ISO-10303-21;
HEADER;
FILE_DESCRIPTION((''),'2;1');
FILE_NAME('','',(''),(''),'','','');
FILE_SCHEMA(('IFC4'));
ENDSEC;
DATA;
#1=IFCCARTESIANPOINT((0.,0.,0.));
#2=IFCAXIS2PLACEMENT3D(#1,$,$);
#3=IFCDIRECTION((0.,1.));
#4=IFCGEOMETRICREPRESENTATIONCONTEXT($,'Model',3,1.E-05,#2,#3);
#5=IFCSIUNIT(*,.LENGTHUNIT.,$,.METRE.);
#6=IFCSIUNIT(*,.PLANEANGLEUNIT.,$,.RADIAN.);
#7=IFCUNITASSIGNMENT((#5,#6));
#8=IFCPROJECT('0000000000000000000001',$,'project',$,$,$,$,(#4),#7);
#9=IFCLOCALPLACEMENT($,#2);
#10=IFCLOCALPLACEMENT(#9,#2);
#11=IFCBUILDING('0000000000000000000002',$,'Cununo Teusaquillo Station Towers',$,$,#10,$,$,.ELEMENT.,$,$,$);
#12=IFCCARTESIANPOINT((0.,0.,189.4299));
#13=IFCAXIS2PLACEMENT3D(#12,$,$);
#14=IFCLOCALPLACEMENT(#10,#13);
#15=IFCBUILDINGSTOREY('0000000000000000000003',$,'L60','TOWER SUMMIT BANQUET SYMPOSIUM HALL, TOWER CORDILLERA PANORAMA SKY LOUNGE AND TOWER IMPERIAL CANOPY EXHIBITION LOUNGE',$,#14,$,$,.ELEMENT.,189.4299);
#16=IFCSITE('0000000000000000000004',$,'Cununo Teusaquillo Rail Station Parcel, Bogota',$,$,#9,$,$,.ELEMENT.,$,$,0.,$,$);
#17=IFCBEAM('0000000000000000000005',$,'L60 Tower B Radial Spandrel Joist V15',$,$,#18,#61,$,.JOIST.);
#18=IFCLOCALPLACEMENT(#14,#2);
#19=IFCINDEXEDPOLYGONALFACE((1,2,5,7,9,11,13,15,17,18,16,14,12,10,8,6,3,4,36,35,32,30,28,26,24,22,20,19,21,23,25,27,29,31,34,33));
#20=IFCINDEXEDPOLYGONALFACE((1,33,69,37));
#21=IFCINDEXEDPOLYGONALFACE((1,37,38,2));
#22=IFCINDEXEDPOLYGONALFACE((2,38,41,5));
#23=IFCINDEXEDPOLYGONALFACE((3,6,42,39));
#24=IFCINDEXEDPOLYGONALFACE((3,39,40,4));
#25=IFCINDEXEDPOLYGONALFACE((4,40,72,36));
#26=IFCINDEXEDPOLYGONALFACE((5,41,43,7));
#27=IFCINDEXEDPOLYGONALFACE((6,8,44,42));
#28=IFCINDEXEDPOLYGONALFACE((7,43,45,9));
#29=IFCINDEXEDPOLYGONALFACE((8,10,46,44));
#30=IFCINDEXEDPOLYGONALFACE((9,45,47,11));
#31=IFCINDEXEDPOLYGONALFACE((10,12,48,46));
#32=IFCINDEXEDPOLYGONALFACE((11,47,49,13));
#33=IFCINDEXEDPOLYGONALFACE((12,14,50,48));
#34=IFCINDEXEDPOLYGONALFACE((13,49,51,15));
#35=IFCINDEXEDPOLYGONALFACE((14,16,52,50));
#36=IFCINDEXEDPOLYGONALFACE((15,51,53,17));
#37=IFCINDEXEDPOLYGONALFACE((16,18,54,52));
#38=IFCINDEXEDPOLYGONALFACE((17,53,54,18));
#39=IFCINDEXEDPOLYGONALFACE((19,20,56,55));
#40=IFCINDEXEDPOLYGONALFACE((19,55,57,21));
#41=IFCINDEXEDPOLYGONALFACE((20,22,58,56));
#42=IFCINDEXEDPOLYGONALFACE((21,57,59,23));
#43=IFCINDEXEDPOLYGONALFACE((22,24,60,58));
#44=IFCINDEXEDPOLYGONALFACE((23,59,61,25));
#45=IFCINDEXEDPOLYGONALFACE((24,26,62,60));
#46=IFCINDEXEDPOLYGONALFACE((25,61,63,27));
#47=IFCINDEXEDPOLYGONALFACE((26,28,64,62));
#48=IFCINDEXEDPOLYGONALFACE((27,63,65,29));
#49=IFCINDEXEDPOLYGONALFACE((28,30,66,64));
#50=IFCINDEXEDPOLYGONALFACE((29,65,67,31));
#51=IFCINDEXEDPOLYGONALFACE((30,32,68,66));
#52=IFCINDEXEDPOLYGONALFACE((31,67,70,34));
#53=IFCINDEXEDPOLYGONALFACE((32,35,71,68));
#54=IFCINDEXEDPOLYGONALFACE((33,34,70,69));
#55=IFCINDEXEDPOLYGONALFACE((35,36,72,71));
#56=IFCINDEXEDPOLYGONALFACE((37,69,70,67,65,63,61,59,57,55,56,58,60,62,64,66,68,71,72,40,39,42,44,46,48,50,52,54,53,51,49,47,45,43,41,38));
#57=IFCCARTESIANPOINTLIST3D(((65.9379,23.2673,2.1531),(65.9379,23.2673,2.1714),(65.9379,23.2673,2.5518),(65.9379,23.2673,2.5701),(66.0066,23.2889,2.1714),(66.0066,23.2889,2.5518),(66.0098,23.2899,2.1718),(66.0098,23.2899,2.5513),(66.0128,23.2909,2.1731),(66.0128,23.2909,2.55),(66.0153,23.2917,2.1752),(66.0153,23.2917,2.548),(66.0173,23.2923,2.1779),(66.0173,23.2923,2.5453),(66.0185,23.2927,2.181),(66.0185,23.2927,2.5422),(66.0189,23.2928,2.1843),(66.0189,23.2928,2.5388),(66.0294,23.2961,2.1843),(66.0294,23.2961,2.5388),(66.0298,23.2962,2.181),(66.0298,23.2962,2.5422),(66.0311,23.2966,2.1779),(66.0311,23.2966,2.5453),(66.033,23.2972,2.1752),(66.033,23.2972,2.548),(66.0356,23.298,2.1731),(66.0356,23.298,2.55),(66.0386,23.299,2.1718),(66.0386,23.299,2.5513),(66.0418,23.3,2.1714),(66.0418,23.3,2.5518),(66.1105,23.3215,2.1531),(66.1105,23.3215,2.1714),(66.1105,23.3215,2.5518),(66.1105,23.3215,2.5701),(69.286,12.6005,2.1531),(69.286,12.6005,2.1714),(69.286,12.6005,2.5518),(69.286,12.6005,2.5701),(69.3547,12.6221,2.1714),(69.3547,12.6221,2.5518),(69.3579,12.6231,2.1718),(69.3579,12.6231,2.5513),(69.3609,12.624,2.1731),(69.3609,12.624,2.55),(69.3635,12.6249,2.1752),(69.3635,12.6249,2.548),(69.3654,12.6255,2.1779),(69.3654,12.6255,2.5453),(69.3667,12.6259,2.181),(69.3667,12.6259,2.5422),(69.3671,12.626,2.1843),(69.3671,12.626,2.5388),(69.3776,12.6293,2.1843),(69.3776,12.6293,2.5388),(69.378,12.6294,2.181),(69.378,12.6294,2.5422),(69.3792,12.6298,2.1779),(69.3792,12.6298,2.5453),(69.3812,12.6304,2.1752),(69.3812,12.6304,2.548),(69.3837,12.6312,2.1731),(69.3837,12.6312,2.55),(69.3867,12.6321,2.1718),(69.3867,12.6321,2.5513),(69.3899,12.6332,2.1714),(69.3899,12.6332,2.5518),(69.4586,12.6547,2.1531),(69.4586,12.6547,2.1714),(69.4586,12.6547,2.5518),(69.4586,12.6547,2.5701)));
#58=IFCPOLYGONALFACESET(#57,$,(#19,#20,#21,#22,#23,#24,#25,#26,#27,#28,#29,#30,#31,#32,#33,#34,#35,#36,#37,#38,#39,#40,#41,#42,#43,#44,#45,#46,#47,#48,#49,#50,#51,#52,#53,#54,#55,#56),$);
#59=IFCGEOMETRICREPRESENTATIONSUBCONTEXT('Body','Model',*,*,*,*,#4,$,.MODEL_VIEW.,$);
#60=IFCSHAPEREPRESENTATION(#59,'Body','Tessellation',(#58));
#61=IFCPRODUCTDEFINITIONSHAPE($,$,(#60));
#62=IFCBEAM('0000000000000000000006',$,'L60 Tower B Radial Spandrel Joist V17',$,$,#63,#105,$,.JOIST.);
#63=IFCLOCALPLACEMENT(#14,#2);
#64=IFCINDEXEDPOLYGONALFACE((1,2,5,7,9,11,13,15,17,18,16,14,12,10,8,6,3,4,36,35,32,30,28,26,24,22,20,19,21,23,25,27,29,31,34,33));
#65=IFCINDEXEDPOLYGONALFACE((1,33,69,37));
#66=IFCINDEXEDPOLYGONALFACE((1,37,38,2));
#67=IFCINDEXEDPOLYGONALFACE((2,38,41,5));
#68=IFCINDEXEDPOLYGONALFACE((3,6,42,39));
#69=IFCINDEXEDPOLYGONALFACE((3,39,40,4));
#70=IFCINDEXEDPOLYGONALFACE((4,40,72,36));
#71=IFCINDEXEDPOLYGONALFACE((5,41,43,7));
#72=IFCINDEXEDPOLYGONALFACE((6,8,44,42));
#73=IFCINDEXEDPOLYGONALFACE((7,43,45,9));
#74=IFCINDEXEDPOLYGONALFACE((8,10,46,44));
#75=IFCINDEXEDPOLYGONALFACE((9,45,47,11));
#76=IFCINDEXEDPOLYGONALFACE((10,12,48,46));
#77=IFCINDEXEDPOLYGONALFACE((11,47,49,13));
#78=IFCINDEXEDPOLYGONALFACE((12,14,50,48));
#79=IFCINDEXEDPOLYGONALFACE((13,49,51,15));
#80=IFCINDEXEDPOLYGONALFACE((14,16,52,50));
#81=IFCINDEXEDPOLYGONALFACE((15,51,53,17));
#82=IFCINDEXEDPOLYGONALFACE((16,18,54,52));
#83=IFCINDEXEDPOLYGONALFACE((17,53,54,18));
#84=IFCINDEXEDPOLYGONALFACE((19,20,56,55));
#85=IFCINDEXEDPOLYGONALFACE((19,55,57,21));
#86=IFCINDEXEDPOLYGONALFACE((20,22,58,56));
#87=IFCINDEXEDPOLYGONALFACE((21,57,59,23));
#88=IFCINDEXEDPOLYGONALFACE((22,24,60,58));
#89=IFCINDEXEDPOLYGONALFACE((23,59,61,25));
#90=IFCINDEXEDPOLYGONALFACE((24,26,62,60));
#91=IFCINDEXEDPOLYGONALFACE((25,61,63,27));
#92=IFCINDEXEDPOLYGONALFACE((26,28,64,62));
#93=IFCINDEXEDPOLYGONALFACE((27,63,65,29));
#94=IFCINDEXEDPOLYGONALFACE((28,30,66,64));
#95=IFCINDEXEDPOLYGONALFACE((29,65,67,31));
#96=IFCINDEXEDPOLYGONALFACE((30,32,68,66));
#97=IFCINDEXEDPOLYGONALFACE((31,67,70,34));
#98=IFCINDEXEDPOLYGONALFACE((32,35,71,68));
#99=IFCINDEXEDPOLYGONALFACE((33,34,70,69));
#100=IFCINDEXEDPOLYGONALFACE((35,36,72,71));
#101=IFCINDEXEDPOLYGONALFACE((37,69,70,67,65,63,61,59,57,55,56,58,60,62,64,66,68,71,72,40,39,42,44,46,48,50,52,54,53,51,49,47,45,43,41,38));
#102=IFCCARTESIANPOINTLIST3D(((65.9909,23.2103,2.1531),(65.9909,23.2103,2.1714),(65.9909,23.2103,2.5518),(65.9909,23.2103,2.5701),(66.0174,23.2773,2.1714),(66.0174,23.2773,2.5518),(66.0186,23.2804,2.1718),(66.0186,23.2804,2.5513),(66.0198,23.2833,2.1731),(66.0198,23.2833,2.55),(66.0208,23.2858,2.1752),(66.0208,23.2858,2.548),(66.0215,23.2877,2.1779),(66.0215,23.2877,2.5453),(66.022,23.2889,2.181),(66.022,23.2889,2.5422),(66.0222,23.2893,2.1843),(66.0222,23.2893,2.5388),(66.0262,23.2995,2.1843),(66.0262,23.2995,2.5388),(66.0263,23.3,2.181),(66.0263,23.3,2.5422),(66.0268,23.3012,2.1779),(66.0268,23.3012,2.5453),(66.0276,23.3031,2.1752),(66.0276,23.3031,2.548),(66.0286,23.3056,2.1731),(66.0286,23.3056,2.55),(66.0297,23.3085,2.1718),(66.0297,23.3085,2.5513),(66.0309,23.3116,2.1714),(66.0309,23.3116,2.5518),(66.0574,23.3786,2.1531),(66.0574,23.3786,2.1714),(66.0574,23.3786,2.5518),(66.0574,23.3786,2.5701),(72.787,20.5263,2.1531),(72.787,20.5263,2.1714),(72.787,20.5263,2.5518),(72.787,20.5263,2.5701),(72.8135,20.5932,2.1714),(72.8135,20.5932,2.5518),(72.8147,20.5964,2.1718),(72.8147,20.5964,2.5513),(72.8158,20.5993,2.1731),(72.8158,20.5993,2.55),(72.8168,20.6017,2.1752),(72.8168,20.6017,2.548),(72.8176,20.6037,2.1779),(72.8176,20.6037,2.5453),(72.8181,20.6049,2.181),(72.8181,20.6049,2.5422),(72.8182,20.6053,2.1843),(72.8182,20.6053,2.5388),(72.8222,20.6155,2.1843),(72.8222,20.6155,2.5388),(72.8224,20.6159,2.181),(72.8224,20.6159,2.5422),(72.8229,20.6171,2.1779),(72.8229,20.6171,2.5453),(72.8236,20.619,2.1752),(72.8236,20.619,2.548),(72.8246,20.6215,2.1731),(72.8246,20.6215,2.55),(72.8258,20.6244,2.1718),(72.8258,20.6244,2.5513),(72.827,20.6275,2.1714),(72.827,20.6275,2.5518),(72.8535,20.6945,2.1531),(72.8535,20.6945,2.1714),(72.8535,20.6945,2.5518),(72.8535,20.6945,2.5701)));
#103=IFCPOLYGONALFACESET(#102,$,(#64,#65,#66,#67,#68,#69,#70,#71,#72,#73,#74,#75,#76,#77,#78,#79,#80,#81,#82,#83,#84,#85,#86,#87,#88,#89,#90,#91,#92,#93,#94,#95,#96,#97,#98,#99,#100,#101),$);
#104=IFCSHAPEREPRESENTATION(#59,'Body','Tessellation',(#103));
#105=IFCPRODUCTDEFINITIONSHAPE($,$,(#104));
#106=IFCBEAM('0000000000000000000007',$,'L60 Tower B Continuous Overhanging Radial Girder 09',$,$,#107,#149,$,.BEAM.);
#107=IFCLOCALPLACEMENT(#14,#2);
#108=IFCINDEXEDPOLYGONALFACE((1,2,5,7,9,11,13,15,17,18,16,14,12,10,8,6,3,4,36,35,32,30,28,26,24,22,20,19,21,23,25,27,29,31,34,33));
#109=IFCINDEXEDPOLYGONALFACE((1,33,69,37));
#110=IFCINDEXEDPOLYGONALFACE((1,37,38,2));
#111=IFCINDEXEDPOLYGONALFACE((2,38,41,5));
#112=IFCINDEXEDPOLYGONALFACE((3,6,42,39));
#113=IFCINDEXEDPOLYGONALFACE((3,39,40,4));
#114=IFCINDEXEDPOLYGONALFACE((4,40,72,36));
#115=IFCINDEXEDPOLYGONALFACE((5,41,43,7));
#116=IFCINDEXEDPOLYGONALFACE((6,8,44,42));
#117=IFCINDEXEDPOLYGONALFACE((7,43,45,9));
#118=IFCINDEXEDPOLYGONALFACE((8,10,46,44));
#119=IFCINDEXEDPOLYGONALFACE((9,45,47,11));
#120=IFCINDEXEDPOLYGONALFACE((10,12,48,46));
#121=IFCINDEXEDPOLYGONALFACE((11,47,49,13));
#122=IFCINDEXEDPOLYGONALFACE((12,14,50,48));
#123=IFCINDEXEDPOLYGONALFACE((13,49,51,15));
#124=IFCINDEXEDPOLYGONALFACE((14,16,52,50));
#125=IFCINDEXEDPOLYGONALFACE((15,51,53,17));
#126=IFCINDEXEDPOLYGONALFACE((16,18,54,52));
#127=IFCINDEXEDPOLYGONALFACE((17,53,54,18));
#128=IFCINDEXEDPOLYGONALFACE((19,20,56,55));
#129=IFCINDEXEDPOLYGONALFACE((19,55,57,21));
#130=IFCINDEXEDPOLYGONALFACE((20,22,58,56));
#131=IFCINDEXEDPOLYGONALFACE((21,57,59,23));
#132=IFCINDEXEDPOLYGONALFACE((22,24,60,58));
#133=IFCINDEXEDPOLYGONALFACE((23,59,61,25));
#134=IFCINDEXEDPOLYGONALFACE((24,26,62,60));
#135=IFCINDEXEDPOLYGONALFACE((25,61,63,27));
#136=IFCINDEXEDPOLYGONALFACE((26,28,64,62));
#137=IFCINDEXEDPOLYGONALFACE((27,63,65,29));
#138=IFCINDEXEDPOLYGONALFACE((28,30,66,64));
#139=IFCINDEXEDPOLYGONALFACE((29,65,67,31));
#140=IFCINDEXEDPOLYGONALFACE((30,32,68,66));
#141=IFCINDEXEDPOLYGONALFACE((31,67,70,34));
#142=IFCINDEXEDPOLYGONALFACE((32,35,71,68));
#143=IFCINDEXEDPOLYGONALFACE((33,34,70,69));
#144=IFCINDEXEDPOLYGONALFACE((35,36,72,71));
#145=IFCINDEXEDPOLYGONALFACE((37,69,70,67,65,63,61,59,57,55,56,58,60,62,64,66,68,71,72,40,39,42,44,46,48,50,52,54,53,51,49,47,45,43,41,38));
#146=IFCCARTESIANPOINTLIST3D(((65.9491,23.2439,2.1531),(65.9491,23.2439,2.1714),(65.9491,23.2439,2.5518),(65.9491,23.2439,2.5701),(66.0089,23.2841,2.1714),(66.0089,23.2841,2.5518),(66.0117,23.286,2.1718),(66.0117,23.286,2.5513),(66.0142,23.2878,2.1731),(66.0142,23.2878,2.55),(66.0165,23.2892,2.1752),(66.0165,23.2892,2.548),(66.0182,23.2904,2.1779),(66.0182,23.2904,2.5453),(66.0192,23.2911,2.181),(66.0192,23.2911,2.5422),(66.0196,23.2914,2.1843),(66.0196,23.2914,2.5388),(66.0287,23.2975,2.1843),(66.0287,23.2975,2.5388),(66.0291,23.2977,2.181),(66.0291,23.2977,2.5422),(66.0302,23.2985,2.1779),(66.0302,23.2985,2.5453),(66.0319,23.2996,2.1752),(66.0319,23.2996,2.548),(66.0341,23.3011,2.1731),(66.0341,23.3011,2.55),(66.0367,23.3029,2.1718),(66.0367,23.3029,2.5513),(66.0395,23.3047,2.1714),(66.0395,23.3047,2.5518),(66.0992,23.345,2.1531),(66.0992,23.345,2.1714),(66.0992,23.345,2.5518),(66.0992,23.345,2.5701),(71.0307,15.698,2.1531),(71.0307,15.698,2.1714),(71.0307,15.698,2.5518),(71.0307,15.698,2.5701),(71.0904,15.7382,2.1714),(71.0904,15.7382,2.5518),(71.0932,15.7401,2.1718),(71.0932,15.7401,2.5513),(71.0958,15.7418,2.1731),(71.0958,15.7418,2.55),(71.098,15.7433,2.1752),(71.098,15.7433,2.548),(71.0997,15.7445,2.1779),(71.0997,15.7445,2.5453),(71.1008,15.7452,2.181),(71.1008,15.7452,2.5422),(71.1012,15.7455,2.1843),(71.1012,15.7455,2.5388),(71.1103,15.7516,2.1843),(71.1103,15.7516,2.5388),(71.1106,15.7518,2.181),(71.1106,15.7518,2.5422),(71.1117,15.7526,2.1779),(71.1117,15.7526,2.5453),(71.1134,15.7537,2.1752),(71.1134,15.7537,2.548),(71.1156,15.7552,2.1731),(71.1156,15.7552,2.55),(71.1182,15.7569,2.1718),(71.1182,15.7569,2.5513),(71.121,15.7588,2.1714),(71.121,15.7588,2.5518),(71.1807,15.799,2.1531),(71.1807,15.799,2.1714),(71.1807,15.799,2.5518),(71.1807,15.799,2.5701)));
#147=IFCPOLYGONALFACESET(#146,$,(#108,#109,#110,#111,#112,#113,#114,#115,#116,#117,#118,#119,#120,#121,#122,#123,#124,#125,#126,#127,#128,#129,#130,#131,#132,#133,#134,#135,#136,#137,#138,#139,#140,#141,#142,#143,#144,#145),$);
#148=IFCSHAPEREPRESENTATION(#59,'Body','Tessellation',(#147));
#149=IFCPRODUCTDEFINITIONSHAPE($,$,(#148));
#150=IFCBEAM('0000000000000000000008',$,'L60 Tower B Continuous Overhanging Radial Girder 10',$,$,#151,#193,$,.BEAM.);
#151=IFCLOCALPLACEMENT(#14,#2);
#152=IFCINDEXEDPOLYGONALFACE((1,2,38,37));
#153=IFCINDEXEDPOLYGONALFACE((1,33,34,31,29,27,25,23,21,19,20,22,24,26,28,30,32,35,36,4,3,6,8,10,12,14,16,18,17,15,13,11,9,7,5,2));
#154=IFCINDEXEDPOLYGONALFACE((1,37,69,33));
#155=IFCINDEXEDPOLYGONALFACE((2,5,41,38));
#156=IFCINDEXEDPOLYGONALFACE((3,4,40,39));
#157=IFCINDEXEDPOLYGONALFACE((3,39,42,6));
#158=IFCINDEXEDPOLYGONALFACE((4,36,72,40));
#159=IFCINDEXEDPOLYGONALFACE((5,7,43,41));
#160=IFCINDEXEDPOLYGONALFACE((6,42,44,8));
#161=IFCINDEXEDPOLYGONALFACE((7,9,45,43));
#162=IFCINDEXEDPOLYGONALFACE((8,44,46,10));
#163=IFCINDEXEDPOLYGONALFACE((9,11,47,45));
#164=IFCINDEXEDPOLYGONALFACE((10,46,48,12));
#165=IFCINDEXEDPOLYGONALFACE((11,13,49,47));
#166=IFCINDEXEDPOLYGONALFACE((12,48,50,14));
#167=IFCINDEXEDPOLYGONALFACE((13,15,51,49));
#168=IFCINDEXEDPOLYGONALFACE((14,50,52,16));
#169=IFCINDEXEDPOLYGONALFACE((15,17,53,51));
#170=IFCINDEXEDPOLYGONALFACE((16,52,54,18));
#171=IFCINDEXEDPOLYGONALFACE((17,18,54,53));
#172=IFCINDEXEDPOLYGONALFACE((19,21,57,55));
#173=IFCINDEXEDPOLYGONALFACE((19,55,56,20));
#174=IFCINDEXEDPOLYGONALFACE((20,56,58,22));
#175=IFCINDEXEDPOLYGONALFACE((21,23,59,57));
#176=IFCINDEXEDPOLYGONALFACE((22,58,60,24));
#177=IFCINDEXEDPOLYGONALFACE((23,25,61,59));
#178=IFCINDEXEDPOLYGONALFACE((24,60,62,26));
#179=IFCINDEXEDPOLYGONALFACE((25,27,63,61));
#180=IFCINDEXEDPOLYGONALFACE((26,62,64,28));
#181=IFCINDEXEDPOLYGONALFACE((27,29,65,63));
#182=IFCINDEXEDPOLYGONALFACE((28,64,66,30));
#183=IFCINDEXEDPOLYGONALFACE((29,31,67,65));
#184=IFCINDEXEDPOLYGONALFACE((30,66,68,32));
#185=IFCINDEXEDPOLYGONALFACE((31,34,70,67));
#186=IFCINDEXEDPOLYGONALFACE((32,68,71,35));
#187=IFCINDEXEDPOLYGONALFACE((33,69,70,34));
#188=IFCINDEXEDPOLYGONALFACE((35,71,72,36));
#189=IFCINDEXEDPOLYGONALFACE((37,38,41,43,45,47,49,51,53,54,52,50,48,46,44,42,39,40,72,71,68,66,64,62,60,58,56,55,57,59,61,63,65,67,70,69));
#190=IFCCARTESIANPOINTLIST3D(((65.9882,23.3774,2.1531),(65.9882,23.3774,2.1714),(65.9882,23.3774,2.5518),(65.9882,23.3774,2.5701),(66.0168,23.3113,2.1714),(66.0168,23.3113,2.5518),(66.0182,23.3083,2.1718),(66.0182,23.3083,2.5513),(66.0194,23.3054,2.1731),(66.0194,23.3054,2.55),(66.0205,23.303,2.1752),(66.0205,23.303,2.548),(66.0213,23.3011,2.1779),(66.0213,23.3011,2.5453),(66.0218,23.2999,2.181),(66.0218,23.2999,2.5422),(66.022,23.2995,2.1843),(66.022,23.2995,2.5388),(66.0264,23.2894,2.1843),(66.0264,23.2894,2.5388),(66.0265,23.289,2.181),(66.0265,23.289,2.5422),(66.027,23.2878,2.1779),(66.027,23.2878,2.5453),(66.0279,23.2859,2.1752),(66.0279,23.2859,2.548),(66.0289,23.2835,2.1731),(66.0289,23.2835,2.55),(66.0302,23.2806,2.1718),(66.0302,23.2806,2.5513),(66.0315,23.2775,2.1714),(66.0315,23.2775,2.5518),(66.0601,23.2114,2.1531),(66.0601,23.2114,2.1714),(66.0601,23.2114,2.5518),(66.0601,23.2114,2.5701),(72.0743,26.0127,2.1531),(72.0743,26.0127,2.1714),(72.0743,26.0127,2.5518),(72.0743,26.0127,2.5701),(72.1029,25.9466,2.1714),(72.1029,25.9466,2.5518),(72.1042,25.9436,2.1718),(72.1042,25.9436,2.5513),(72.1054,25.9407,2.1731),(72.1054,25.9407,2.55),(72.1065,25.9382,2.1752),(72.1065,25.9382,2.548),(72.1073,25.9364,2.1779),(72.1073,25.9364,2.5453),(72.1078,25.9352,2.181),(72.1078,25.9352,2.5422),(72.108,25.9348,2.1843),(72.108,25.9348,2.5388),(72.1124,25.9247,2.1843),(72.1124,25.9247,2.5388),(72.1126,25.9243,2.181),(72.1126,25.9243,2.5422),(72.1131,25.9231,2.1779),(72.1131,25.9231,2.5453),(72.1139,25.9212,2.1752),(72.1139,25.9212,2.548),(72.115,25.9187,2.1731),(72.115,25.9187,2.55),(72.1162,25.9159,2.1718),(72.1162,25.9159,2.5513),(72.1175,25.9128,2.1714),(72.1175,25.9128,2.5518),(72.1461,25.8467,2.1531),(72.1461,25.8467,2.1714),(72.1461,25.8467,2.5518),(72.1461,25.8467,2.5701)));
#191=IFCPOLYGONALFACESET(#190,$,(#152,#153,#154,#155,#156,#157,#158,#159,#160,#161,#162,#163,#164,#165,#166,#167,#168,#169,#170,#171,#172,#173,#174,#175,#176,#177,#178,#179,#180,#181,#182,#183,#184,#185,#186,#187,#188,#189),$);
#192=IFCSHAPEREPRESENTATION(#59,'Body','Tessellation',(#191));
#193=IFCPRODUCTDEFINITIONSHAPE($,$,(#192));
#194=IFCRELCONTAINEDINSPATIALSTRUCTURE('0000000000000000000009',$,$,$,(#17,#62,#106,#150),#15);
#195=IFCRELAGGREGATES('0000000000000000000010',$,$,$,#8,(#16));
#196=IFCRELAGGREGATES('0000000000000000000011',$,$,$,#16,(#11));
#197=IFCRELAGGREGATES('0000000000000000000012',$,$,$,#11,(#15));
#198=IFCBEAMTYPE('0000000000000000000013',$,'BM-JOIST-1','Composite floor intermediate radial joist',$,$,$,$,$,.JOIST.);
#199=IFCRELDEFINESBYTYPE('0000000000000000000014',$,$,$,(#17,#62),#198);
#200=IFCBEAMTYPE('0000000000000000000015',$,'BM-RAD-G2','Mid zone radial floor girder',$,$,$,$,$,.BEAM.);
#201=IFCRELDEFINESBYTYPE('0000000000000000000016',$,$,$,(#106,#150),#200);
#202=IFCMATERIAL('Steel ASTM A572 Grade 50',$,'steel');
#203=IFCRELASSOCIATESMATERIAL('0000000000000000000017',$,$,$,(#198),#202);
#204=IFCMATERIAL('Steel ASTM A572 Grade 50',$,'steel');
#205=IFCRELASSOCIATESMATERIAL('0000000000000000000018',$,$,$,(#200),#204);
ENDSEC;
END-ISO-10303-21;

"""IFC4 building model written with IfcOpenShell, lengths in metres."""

from ifc_helpers import new_model, si_unit, direction, frame, origin, origin_2d, place, context, subcontext, project, spatial, i_section, extrude, material, material_profile, profile_set, type_object, element, save


model = new_model("IFC4")

# Units and contexts
model_context = context("Model", 3, precision=1e-05, world=origin(), true_north=direction((0.0, 1.0)))
body_context = subcontext(model_context, "Body", "Model", "MODEL_VIEW")
ifc_project = project(units=[si_unit("LENGTHUNIT", "METRE"), si_unit("PLANEANGLEUNIT", "RADIAN")], contexts=[model_context])

# Site, building, storey
site_placement = place(None, origin())
site = spatial("IfcSite", under=ifc_project, at=site_placement, Name="Cununo Teusaquillo Rail Station Parcel, Bogota", CompositionType="ELEMENT", RefElevation=0.0)
building_placement = place(site_placement, origin())
building = spatial("IfcBuilding", under=site, at=building_placement, Name="Cununo Teusaquillo Station Towers", CompositionType="ELEMENT")
storey_placement = place(building_placement, frame((0.0, 0.0, 189.4299)))
storey = spatial("IfcBuildingStorey", under=building, at=storey_placement, Name="L60", Description="TOWER SUMMIT BANQUET SYMPOSIUM HALL, TOWER CORDILLERA PANORAMA SKY LOUNGE AND TOWER IMPERIAL CANOPY EXHIBITION LOUNGE", CompositionType="ELEMENT", Elevation=189.4299)

# Beams
ifc_material_1 = material(Name="Steel ASTM A572 Grade 50", Category="steel")
ifc_material_profile_1 = material_profile(ifc_material_1, i_section(OverallWidth=0.1809, OverallDepth=0.417, WebThickness=0.011, FlangeThickness=0.0183, FilletRadius=0.0129, at=origin_2d()), Name="W16X57")
ifc_profile_set_1 = profile_set([ifc_material_profile_1], Name="Steel ASTM A572 Grade 50")
beam_type_1 = type_object("IfcBeamType", Name="BM-JOIST-1", Description="Composite floor intermediate radial joist", PredefinedType="JOIST", material=ifc_profile_set_1)
beam_1_placement = place(storey_placement, frame((66.0242, 23.2944, 2.3616), z_axis=(0.29948, -0.954103, 0.0), x_axis=(0.954103, 0.29948, 0.0)))
element("IfcBeam", 1, at=beam_1_placement, inside=storey, type_object=beam_type_1, Name="L60 Tower B Radial Spandrel Joist V15", PredefinedType="JOIST", context=body_context, shape_type="SweptSolid", body=[
    extrude(i_section(OverallWidth=0.1809, OverallDepth=0.417, WebThickness=0.011, FlangeThickness=0.0183, FilletRadius=0.0129, at=origin_2d()), origin(), (0.0, 0.0, 1.0), 11.1799),
])
beam_2_placement = place(storey_placement, frame((66.0242, 23.2944, 2.3616), z_axis=(0.93009, -0.367332, 0.0), x_axis=(0.367332, 0.93009, 0.0)))
element("IfcBeam", 2, at=beam_2_placement, inside=storey, type_object=beam_type_1, Name="L60 Tower B Radial Spandrel Joist V17", PredefinedType="JOIST", context=body_context, shape_type="SweptSolid", body=[
    extrude(i_section(OverallWidth=0.1809, OverallDepth=0.417, WebThickness=0.011, FlangeThickness=0.0183, FilletRadius=0.0129, at=origin_2d()), origin(), (0.0, 0.0, 1.0), 7.3069),
])
ifc_material_2 = material(Name="Steel ASTM A572 Grade 50", Category="steel")
ifc_material_profile_2 = material_profile(ifc_material_2, i_section(OverallWidth=0.1809, OverallDepth=0.417, WebThickness=0.011, FlangeThickness=0.0183, FilletRadius=0.0129, at=origin_2d()), Name="W16X57")
ifc_profile_set_2 = profile_set([ifc_material_profile_2], Name="Steel ASTM A572 Grade 50")
beam_type_2 = type_object("IfcBeamType", Name="BM-RAD-G2", Description="Mid zone radial floor girder", PredefinedType="BEAM", material=ifc_profile_set_2)
beam_3_placement = place(storey_placement, frame((66.0242, 23.2944, 2.3616), z_axis=(0.558571, -0.829457, 0.0), x_axis=(0.829457, 0.558571, 0.0)))
element("IfcBeam", 3, at=beam_3_placement, inside=storey, type_object=beam_type_2, Name="L60 Tower B Continuous Overhanging Radial Girder 09", PredefinedType="BEAM", context=body_context, shape_type="SweptSolid", body=[
    extrude(i_section(OverallWidth=0.1809, OverallDepth=0.417, WebThickness=0.011, FlangeThickness=0.0183, FilletRadius=0.0129, at=origin_2d()), origin(), (0.0, 0.0, 1.0), 9.0974),
])
beam_4_placement = place(storey_placement, frame((66.0242, 23.2944, 2.3616), z_axis=(0.917665, 0.397355, 0.0), x_axis=(-0.397355, 0.917665, 0.0)))
element("IfcBeam", 4, at=beam_4_placement, inside=storey, type_object=beam_type_2, Name="L60 Tower B Continuous Overhanging Radial Girder 10", PredefinedType="BEAM", context=body_context, shape_type="SweptSolid", body=[
    extrude(i_section(OverallWidth=0.1809, OverallDepth=0.417, WebThickness=0.011, FlangeThickness=0.0183, FilletRadius=0.0129, at=origin_2d()), origin(), (0.0, 0.0, 1.0), 6.6321),
])

save(model, "model.ifc")
